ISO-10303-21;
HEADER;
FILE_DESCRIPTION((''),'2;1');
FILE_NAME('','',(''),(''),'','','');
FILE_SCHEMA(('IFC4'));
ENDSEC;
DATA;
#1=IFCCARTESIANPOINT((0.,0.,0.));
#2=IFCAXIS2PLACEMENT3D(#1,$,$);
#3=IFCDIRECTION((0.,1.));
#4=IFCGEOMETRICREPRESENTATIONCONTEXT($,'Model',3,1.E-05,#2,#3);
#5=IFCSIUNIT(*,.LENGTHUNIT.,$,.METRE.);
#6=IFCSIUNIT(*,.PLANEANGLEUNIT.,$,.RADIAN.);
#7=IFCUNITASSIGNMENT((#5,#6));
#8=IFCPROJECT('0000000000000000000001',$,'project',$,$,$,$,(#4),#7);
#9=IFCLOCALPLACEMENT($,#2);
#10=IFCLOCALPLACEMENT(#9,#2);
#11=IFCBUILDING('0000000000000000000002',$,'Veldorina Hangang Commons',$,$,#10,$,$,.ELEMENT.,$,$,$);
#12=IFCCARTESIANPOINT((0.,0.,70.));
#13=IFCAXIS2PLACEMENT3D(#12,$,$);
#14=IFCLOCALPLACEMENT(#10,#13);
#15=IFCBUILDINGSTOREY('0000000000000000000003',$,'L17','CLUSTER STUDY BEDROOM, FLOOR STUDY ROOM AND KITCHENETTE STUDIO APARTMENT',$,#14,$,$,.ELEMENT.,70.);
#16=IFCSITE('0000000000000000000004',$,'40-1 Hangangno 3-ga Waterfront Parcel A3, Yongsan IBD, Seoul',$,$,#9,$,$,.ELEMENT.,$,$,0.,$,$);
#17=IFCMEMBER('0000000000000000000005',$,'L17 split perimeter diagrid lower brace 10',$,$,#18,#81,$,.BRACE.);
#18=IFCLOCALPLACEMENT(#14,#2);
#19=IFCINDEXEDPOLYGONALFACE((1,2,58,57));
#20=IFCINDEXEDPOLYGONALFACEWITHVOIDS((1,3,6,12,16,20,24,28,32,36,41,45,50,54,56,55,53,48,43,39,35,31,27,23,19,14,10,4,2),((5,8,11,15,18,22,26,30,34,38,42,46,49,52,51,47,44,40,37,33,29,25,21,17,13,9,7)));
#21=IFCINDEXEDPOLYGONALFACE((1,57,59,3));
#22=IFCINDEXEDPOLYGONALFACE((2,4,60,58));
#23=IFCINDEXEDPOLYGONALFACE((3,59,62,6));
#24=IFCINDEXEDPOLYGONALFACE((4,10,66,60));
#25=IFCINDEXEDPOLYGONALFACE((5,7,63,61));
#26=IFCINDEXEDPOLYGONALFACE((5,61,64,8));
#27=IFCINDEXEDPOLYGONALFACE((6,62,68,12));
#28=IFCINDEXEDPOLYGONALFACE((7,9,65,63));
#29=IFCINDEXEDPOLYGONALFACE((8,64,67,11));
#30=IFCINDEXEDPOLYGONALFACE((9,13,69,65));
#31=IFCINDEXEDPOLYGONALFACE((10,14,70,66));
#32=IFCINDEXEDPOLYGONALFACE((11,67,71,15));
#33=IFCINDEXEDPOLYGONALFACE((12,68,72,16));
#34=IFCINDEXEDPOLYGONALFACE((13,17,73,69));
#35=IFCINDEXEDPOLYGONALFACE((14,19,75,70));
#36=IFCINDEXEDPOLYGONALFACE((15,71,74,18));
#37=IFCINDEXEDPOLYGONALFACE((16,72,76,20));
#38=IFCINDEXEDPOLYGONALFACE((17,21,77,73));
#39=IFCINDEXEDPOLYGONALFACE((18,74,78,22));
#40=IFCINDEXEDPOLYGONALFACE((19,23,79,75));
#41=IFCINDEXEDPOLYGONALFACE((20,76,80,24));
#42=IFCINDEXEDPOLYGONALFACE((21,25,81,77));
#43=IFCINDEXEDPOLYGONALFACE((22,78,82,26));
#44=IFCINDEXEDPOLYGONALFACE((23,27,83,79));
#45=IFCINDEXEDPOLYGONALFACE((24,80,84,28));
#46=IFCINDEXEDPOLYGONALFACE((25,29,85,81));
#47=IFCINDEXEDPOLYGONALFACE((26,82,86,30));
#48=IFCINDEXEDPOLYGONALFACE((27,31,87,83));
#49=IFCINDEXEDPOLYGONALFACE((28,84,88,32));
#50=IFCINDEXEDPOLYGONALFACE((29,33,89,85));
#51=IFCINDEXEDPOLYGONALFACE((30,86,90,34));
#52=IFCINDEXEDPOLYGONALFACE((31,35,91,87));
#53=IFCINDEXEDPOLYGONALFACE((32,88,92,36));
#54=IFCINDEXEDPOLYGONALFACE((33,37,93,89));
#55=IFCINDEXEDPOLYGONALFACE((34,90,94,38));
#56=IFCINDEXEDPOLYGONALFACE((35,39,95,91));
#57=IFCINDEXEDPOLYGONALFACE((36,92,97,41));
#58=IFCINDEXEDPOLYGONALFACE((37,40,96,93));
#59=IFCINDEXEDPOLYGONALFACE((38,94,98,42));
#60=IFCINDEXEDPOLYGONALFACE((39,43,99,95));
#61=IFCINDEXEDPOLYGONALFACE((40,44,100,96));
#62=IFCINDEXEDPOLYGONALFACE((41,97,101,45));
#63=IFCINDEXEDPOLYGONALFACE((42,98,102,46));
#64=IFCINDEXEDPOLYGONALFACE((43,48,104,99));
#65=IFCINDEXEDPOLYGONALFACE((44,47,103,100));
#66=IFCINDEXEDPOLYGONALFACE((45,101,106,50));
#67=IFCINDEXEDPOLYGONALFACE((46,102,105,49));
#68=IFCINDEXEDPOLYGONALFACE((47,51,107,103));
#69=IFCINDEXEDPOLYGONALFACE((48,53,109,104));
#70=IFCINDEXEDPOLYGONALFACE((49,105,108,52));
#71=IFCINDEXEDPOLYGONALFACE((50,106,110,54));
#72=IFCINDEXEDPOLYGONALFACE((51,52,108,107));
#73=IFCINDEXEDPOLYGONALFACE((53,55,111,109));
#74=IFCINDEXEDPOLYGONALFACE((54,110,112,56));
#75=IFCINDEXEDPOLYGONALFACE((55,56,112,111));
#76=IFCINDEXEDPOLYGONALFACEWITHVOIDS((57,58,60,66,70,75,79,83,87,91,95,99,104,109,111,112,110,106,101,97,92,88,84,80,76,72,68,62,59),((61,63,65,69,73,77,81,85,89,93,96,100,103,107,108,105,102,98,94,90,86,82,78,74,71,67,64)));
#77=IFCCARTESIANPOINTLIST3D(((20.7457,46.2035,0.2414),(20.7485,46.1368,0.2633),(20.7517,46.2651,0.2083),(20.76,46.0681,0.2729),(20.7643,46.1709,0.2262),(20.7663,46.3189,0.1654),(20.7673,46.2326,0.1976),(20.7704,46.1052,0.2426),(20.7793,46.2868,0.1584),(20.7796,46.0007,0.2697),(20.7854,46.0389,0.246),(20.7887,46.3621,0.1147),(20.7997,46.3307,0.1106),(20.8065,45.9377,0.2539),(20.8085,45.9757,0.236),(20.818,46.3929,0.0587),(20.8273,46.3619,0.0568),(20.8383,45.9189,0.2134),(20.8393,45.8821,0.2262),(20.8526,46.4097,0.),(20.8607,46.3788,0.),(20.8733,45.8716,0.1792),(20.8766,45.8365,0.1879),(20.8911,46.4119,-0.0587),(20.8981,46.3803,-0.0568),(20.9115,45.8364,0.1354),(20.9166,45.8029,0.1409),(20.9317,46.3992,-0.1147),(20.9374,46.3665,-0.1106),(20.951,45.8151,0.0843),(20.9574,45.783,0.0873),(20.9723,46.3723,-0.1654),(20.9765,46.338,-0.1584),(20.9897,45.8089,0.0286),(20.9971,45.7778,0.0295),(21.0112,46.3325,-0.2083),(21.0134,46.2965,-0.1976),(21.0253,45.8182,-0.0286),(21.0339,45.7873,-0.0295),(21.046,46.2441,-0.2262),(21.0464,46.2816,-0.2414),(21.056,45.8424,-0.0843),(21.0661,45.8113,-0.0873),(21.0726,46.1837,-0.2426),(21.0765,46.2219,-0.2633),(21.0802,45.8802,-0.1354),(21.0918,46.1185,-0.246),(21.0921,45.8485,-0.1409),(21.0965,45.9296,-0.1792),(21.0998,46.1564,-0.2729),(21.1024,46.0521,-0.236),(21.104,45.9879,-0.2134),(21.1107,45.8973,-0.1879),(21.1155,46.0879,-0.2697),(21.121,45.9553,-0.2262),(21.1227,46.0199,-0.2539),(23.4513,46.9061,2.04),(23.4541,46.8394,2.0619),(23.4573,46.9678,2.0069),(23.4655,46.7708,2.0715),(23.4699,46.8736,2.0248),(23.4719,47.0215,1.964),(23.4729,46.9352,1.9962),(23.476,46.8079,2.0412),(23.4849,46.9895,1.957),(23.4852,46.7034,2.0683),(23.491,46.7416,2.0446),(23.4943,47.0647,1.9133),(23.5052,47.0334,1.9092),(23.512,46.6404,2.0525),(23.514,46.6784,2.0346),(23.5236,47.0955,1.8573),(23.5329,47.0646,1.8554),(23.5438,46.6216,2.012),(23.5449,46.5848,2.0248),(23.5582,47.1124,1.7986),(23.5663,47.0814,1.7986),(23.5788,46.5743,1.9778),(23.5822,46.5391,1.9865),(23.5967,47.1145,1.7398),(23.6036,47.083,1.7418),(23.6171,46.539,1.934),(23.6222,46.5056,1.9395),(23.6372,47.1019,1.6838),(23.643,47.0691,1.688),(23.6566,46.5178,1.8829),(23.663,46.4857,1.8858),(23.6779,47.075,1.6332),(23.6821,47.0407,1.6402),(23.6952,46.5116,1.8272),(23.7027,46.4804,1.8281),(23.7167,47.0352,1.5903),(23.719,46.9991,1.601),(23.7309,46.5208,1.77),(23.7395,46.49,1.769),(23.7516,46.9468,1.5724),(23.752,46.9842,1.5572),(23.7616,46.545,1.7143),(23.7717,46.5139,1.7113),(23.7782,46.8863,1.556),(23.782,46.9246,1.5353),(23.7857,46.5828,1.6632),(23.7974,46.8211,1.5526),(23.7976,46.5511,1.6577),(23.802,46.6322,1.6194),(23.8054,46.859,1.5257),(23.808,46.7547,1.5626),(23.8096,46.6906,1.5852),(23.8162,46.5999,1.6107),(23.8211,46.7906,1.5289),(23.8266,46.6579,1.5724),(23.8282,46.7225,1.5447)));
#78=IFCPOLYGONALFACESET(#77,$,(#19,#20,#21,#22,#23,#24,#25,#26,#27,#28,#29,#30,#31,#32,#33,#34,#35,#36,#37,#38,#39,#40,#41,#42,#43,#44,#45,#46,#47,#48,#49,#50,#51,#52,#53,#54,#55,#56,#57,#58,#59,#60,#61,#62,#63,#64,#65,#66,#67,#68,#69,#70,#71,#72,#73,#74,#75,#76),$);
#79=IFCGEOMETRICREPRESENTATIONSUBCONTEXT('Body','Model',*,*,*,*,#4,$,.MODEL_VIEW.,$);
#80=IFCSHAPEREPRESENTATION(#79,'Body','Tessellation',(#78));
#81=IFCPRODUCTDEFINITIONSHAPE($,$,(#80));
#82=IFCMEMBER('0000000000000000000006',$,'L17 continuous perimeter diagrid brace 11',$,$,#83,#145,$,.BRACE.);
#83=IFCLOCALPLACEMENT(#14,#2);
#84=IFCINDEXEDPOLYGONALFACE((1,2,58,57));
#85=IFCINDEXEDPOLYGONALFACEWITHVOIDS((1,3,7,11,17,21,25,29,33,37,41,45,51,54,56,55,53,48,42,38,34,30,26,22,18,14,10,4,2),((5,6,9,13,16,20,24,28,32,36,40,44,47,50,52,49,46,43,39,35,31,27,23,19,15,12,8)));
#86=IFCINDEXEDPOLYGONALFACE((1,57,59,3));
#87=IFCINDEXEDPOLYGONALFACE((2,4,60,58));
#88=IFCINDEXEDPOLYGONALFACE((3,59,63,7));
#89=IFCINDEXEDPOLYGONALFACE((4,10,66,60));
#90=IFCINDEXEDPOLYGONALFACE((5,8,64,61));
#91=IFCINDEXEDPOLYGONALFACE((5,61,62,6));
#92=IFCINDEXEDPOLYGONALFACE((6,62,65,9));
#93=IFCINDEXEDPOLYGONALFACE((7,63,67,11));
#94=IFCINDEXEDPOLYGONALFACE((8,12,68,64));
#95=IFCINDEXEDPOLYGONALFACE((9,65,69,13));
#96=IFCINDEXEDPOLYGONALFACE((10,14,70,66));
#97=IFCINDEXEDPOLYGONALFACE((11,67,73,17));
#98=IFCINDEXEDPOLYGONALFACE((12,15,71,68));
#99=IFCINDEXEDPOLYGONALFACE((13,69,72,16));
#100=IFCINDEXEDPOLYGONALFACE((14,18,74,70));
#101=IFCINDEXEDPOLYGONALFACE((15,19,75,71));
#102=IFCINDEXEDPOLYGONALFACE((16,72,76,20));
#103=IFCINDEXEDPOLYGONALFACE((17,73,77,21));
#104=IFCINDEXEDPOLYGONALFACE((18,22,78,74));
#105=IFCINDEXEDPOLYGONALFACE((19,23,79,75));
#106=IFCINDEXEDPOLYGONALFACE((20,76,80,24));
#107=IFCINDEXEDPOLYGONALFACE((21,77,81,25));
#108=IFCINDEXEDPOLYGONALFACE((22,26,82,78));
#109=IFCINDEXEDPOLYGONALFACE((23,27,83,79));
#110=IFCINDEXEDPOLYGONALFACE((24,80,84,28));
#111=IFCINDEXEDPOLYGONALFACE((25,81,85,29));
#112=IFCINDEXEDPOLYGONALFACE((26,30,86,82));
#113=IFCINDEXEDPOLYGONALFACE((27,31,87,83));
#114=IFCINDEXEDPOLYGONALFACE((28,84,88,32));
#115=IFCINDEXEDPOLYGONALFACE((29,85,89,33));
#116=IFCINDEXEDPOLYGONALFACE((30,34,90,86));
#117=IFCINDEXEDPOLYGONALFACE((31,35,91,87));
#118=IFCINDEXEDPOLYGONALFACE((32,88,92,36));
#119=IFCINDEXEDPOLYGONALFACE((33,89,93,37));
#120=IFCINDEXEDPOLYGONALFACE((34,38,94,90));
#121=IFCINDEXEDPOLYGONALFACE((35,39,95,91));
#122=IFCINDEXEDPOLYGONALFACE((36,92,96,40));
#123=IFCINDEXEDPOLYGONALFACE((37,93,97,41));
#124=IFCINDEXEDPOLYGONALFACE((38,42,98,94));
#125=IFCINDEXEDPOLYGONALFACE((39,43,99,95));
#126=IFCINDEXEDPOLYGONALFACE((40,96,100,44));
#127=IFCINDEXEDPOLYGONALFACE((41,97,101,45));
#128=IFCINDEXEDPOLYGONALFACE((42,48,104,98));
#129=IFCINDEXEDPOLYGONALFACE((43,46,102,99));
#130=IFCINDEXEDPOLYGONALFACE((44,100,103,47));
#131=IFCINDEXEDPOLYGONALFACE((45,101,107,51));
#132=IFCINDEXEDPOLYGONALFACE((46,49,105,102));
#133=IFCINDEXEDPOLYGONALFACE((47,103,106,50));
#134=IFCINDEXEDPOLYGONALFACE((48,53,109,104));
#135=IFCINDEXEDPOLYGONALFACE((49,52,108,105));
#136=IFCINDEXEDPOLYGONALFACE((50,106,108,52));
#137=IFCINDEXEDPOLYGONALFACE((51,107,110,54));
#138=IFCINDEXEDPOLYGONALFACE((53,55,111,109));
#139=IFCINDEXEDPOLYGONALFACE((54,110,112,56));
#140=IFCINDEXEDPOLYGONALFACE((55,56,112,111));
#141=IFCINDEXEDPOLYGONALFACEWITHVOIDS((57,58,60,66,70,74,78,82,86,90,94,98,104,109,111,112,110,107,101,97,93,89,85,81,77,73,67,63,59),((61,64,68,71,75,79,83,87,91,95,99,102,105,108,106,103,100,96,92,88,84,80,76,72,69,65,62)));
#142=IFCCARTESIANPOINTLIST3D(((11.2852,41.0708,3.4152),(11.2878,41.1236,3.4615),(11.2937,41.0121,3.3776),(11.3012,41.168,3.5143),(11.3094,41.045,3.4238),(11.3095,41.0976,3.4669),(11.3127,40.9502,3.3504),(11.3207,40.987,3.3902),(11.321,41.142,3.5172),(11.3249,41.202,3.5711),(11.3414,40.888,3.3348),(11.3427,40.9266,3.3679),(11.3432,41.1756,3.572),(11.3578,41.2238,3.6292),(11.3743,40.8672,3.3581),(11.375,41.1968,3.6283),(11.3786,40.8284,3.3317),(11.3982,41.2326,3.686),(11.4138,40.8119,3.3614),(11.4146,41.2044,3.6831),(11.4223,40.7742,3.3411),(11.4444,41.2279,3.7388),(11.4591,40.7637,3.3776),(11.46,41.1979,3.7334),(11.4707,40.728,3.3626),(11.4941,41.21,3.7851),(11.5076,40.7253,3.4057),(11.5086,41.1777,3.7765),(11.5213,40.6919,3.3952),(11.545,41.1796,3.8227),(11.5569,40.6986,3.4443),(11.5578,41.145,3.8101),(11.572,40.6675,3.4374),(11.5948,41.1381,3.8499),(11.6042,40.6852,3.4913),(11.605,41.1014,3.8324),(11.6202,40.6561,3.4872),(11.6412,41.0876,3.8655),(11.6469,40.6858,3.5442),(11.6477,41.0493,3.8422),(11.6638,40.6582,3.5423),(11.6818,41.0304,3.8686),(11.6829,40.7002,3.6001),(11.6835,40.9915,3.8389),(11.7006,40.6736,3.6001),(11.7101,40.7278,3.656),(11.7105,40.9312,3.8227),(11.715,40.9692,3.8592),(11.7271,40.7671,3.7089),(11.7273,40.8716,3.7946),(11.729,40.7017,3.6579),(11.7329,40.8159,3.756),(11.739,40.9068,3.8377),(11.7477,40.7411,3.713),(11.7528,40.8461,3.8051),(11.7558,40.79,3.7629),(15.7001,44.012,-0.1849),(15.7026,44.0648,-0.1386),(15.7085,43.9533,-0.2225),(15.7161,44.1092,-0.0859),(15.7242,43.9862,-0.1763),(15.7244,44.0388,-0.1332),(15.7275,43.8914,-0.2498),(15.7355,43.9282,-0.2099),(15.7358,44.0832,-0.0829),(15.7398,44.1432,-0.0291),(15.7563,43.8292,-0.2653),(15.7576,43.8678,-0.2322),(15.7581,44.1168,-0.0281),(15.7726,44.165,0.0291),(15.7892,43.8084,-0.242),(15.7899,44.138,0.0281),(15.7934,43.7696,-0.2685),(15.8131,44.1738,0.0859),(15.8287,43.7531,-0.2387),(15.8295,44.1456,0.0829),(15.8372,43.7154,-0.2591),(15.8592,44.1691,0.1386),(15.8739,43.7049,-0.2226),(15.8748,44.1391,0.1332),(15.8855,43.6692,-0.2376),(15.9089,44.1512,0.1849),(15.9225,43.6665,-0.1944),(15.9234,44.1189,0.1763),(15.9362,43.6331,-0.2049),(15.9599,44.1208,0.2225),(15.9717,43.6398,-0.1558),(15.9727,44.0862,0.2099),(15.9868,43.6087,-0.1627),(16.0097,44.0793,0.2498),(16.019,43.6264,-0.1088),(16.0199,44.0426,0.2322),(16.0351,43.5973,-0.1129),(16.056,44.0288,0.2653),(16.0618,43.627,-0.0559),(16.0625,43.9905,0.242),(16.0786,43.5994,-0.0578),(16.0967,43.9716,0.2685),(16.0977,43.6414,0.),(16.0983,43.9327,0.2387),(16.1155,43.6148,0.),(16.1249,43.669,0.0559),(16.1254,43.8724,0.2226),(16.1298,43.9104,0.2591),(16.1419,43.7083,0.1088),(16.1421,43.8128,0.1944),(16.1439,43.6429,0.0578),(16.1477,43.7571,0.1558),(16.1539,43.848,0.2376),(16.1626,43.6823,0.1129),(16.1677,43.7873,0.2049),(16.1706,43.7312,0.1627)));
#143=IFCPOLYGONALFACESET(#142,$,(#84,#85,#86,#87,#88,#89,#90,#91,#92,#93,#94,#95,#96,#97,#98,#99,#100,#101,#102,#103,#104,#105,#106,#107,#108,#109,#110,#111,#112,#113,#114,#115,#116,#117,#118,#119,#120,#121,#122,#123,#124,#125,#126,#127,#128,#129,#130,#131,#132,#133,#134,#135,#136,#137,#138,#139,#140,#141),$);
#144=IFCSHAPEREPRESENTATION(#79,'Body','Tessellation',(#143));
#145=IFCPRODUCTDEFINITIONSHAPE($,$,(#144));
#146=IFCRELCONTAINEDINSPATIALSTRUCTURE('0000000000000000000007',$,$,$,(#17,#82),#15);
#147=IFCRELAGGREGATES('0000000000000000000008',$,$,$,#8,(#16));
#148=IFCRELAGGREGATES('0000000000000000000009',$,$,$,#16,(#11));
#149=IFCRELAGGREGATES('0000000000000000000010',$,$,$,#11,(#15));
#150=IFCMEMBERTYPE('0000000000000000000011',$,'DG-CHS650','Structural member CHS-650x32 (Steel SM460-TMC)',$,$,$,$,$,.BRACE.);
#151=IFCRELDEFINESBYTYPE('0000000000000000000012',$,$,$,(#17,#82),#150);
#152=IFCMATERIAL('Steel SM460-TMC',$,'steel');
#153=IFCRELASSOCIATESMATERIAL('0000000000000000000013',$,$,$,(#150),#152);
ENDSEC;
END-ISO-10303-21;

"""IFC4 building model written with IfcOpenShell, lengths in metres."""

from ifc_helpers import new_model, si_unit, direction, frame, origin, origin_2d, place, context, subcontext, project, spatial, hollow_circle, extrude, material, material_profile, profile_set, type_object, element, save


model = new_model("IFC4")

# Units and contexts
model_context = context("Model", 3, precision=1e-05, world=origin(), true_north=direction((0.0, 1.0)))
body_context = subcontext(model_context, "Body", "Model", "MODEL_VIEW")
ifc_project = project(units=[si_unit("LENGTHUNIT", "METRE"), si_unit("PLANEANGLEUNIT", "RADIAN")], contexts=[model_context])

# Site, building, storey
site_placement = place(None, origin())
site = spatial("IfcSite", under=ifc_project, at=site_placement, Name="40-1 Hangangno 3-ga Waterfront Parcel A3, Yongsan IBD, Seoul", CompositionType="ELEMENT", RefElevation=0.0)
building_placement = place(site_placement, origin())
building = spatial("IfcBuilding", under=site, at=building_placement, Name="Veldorina Hangang Commons", CompositionType="ELEMENT")
storey_placement = place(building_placement, frame((0.0, 0.0, 70.0)))
storey = spatial("IfcBuildingStorey", under=building, at=storey_placement, Name="L17", Description="CLUSTER STUDY BEDROOM, FLOOR STUDY ROOM AND KITCHENETTE STUDIO APARTMENT", CompositionType="ELEMENT", Elevation=70.0)

# Members
ifc_material_1 = material(Name="Steel SM460-TMC", Category="steel")
ifc_material_profile_1 = material_profile(ifc_material_1, hollow_circle(Radius=0.325, WallThickness=0.032, at=origin_2d()), Name="CHS-650x32")
ifc_profile_set_1 = profile_set([ifc_material_profile_1], Name="Steel SM460-TMC")
member_type = type_object("IfcMemberType", Name="DG-CHS650", Description="Structural member CHS-650x32 (Steel SM460-TMC)", PredefinedType="BRACE", material=ifc_profile_set_1)
member_1_placement = place(storey_placement, frame((20.9343, 46.0952, 0.0), z_axis=(0.813959, 0.211386, 0.541097), x_axis=(-0.251362, 0.967893, 0.0)))
element("IfcMember", 1, at=member_1_placement, inside=storey, type_object=member_type, Name="L17 split perimeter diagrid lower brace 10", PredefinedType="BRACE", context=body_context, shape_type="SweptSolid", body=[
    extrude(hollow_circle(Radius=0.325, WallThickness=0.032, at=origin_2d()), origin(), (0.0, 0.0, 1.0), 3.324),
])
member_2_placement = place(storey_placement, frame((15.9353, 43.8853, 0.0), z_axis=(-0.688623, -0.458765, 0.561546), x_axis=(0.554435, -0.832227, 0.0)))
element("IfcMember", 2, at=member_2_placement, inside=storey, type_object=member_type, Name="L17 continuous perimeter diagrid brace 11", PredefinedType="BRACE", context=body_context, shape_type="SweptSolid", body=[
    extrude(hollow_circle(Radius=0.325, WallThickness=0.032, at=origin_2d()), origin(), (0.0, 0.0, 1.0), 6.4111),
])

save(model, "model.ifc")
